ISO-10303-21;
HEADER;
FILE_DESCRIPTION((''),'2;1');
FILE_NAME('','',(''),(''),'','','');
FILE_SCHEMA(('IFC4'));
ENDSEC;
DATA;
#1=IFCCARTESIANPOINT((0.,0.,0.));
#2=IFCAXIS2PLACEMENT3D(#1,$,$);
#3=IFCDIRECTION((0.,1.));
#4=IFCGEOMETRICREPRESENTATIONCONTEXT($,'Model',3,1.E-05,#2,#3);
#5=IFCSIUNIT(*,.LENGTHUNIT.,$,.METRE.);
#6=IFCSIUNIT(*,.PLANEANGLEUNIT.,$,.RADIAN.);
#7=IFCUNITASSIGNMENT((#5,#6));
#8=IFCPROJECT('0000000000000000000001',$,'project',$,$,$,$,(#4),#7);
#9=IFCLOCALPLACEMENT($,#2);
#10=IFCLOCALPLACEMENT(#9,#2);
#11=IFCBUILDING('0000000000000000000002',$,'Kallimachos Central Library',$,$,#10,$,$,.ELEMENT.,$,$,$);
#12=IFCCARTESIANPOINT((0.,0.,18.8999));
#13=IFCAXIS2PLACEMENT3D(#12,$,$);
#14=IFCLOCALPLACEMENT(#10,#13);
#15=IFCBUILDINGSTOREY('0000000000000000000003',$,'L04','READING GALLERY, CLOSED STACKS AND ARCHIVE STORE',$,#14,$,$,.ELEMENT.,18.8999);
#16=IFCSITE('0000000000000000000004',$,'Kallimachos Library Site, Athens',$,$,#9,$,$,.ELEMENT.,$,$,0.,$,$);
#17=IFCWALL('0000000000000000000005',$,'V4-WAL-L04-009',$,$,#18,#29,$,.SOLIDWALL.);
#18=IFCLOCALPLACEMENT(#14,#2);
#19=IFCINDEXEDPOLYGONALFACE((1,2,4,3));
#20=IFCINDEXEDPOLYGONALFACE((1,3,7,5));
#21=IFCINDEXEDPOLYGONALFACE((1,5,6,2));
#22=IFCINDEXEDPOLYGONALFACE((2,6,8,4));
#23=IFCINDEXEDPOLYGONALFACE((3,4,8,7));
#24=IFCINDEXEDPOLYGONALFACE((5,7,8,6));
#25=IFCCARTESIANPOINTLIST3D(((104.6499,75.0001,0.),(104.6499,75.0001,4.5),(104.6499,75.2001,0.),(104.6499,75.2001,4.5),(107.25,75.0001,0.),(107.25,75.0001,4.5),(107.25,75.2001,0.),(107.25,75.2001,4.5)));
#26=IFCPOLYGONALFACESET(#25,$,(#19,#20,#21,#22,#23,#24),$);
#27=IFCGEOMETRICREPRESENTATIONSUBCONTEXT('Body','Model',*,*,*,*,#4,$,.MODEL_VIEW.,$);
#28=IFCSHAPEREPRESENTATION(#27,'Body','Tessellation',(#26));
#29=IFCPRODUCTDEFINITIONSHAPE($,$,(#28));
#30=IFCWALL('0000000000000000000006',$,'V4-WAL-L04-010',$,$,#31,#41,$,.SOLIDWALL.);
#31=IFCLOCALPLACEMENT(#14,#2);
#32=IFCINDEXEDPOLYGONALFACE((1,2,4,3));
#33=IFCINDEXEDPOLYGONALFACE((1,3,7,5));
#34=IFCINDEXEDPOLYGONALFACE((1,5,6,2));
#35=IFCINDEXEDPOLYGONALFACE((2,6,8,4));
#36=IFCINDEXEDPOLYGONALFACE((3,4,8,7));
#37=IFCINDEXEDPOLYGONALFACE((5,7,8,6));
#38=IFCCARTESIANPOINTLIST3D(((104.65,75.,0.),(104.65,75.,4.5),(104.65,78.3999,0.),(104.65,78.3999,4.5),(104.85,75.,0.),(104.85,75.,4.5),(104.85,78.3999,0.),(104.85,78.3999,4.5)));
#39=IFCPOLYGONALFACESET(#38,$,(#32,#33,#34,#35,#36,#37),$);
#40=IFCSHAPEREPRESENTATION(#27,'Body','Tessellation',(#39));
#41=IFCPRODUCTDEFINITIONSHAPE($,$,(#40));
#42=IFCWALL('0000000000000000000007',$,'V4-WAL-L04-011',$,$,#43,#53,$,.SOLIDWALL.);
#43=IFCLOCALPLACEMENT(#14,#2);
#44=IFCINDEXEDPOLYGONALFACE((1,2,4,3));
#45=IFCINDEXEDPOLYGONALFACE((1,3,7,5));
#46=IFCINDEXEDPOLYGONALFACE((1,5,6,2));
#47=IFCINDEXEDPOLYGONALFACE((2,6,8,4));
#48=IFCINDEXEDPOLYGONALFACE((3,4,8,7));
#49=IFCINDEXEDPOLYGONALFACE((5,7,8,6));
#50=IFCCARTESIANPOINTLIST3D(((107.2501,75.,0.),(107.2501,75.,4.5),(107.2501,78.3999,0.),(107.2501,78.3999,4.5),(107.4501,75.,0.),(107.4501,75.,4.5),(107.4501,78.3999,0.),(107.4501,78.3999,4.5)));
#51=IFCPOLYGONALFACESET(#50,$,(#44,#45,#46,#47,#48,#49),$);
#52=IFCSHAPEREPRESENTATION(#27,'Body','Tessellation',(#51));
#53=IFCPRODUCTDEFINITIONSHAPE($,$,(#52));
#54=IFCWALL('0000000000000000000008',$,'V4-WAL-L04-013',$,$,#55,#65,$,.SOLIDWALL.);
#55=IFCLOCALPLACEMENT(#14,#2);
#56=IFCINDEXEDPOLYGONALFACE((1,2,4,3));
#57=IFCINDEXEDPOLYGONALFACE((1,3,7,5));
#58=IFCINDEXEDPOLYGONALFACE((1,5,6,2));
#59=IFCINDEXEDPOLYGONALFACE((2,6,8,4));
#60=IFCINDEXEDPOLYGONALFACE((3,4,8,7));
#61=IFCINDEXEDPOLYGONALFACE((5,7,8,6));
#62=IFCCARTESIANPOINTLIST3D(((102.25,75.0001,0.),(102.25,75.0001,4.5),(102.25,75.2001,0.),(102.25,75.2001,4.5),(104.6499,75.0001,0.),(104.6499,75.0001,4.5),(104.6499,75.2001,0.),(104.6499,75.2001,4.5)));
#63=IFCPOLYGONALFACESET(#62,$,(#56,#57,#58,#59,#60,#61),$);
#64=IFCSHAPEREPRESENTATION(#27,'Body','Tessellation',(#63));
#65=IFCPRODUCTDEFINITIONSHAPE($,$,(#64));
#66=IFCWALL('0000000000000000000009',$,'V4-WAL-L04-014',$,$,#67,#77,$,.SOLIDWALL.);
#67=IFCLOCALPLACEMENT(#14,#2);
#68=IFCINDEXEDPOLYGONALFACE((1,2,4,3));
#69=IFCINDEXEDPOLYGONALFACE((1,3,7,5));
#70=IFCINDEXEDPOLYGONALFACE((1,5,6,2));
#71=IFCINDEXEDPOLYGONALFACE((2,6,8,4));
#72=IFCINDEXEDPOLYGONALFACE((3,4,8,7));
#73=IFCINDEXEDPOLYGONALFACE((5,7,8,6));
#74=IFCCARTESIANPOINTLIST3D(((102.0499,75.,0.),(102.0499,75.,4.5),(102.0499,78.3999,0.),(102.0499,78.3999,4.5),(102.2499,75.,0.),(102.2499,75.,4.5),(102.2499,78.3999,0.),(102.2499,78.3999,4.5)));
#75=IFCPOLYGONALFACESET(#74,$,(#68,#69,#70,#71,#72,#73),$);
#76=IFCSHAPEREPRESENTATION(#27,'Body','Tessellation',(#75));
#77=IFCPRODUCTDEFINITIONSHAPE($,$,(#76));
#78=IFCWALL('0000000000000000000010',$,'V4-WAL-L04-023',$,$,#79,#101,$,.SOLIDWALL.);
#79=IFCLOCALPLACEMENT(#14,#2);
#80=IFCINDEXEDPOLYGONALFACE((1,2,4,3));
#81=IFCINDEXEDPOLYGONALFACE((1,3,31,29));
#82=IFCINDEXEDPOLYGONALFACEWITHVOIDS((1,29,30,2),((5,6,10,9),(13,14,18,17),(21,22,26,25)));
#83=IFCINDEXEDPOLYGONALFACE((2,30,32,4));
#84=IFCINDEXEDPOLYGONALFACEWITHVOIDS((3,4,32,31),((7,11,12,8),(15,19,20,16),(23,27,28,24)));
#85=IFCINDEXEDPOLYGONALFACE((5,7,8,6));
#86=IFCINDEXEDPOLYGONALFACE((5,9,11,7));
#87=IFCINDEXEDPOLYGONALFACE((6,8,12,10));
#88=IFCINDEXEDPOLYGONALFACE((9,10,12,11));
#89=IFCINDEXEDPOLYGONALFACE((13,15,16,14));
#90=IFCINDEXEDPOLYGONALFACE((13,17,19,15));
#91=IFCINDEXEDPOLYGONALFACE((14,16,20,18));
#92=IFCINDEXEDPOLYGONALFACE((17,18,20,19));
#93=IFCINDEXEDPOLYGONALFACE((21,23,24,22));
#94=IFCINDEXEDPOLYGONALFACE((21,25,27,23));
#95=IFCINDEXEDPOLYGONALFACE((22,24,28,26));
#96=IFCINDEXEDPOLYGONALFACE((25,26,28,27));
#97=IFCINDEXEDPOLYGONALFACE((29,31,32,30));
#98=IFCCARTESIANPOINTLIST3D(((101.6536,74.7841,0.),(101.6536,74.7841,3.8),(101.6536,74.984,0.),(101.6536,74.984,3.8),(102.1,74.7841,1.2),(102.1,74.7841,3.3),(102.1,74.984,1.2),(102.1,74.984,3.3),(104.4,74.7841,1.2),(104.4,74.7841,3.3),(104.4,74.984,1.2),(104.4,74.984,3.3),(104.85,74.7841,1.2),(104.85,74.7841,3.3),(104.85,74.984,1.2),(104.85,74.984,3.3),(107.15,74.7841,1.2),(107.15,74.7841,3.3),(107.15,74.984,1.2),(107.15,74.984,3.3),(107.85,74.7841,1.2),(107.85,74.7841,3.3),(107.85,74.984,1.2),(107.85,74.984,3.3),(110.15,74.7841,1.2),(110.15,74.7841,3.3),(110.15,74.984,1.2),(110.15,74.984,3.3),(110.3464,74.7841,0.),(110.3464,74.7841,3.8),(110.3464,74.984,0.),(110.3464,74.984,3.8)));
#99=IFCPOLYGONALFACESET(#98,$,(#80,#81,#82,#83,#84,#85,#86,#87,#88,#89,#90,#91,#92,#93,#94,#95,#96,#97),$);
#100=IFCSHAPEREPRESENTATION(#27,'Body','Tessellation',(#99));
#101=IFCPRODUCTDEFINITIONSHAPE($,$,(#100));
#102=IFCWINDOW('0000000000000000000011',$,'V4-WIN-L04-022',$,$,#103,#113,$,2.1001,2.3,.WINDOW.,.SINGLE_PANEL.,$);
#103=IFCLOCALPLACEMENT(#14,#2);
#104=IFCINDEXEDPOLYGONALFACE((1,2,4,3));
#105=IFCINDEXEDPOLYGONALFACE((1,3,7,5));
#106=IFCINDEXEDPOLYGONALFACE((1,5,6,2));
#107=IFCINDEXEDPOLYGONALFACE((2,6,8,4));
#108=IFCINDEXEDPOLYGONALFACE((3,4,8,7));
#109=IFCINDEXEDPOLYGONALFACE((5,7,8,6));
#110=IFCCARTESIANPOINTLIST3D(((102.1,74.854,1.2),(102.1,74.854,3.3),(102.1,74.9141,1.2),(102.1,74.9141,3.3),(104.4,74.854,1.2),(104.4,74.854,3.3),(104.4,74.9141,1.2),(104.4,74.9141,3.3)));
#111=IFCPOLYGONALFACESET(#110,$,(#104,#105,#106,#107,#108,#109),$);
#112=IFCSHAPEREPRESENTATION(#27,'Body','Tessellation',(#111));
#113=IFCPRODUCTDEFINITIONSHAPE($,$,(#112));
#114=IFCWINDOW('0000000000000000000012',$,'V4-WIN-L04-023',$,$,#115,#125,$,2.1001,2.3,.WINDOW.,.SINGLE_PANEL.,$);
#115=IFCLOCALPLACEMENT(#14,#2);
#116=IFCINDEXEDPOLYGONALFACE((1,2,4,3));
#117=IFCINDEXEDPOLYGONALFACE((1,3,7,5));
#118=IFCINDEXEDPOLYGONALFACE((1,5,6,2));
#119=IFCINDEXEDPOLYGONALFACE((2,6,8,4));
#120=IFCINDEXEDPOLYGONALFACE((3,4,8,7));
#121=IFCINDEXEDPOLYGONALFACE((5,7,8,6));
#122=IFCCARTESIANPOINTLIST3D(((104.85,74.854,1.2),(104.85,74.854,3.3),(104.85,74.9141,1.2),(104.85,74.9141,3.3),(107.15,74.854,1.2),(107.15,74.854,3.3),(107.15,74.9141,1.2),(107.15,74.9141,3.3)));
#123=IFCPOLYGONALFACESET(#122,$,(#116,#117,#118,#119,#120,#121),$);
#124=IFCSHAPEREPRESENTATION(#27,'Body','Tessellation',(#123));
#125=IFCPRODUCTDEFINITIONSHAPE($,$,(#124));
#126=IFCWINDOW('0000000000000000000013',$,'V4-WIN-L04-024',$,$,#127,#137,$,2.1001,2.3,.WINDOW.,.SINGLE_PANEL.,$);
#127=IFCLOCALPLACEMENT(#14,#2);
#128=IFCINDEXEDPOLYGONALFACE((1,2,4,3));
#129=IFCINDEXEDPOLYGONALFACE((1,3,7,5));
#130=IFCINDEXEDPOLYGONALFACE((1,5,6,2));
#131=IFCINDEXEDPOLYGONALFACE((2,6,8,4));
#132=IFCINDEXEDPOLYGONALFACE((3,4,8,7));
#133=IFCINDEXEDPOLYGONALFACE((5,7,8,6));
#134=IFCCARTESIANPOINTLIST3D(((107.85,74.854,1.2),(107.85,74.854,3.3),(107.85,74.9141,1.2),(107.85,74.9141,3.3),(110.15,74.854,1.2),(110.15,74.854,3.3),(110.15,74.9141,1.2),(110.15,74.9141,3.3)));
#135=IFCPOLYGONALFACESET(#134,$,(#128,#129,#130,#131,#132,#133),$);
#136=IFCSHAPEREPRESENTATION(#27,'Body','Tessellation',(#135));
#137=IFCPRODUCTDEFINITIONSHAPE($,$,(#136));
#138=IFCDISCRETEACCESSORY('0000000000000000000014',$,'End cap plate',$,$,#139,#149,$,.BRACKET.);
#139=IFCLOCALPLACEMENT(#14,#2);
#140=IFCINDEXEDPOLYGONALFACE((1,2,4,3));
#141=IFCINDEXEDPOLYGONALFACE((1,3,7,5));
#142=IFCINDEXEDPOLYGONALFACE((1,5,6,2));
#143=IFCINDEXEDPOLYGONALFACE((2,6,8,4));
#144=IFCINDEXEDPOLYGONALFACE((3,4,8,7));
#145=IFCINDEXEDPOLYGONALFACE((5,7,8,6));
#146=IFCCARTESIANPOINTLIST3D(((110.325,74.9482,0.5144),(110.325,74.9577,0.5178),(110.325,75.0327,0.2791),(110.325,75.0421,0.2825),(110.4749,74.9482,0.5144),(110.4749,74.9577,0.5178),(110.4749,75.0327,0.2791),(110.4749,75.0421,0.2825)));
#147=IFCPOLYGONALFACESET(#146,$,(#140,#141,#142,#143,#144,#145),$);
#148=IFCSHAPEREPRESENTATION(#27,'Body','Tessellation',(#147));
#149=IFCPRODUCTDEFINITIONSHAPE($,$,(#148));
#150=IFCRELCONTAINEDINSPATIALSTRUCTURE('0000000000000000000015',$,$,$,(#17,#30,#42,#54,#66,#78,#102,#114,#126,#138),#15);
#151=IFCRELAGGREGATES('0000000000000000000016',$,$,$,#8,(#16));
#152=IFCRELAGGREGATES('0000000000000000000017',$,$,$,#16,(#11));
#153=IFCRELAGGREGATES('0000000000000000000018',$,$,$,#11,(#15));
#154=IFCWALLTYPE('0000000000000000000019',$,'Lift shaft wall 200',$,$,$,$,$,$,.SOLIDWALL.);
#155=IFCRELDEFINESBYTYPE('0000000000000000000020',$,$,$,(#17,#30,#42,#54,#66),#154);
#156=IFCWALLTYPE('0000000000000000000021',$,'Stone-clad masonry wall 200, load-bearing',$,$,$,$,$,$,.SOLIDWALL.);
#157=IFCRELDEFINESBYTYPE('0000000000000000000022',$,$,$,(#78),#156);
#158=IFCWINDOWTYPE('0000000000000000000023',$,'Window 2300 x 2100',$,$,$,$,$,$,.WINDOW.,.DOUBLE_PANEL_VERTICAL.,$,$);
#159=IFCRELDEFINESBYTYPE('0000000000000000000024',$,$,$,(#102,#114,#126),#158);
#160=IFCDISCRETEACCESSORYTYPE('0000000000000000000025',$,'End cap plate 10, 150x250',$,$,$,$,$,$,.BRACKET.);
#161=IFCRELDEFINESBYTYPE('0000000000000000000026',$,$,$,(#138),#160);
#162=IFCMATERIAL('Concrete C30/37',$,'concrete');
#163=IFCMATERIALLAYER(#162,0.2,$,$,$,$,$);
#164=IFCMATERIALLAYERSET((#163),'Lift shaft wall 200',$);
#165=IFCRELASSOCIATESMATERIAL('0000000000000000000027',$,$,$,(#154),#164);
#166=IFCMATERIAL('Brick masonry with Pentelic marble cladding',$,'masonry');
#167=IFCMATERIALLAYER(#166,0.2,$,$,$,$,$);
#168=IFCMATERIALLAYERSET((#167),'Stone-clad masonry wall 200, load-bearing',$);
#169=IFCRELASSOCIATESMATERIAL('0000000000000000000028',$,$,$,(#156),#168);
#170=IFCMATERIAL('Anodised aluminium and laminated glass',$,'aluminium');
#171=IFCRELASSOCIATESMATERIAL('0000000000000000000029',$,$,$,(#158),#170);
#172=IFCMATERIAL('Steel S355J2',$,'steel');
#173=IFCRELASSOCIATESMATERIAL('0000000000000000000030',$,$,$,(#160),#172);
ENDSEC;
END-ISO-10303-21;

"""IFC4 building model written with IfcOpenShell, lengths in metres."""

from ifc_helpers import new_model, si_unit, direction, frame, frame_2d, origin, origin_2d, place, context, subcontext, project, spatial, rectangle, extrude, material, layer, layer_set, material_profile, profile_set, type_object, element, fill, save


model = new_model("IFC4")

# Units and contexts
model_context = context("Model", 3, precision=1e-05, world=origin(), true_north=direction((0.0, 1.0)))
body_context = subcontext(model_context, "Body", "Model", "MODEL_VIEW")
ifc_project = project(units=[si_unit("LENGTHUNIT", "METRE"), si_unit("PLANEANGLEUNIT", "RADIAN")], contexts=[model_context])

# Site, building, storey
site_placement = place(None, origin())
site = spatial("IfcSite", under=ifc_project, at=site_placement, Name="Kallimachos Library Site, Athens", CompositionType="ELEMENT", RefElevation=0.0)
building_placement = place(site_placement, origin())
building = spatial("IfcBuilding", under=site, at=building_placement, Name="Kallimachos Central Library", CompositionType="ELEMENT")
storey_placement = place(building_placement, frame((0.0, 0.0, 18.8999)))
storey = spatial("IfcBuildingStorey", under=building, at=storey_placement, Name="L04", Description="READING GALLERY, CLOSED STACKS AND ARCHIVE STORE", CompositionType="ELEMENT", Elevation=18.8999)

# Walls
ifc_material_1 = material(Name="Concrete C30/37", Category="concrete")
ifc_layer_1 = layer(ifc_material_1, 0.2)
ifc_layer_set_1 = layer_set([ifc_layer_1], Name="Lift shaft wall 200")
wall_type_1 = type_object("IfcWallType", Name="Lift shaft wall 200", PredefinedType="SOLIDWALL", material=ifc_layer_set_1)
wall_1_placement = place(storey_placement, frame((104.6499, 75.1001, 0.0), z_axis=(0.0, 0.0, 1.0), x_axis=(1.0, 0.0, 0.0)))
element("IfcWall", 1, at=wall_1_placement, inside=storey, type_object=wall_type_1, Name="V4-WAL-L04-009", PredefinedType="SOLIDWALL", context=body_context, shape_type="SweptSolid", body=[
    extrude(rectangle(XDim=2.6001, YDim=0.2, at=frame_2d((1.3, 0.0))), origin(), (0.0, 0.0, 1.0), 4.5),
])
for number, where, z_axis, x_axis, name in (
    (2, (104.75, 75.0, 0.0), (0.0, 0.0, 1.0), (0.0, 1.0, 0.0), "V4-WAL-L04-010"),
    (3, (107.3501, 75.0, 0.0), (0.0, 0.0, 1.0), (0.0, 1.0, 0.0), "V4-WAL-L04-011"),
):
    element("IfcWall", number, at=place(storey_placement, frame(where, z_axis=z_axis, x_axis=x_axis)), inside=storey, type_object=wall_type_1, Name=name, PredefinedType="SOLIDWALL", context=body_context, shape_type="SweptSolid", body=[
        extrude(rectangle(XDim=3.3999, YDim=0.2, at=frame_2d((1.7, 0.0))), origin(), (0.0, 0.0, 1.0), 4.5),
    ])
wall_2_placement = place(storey_placement, frame((102.25, 75.1001, 0.0), z_axis=(0.0, 0.0, 1.0), x_axis=(1.0, 0.0, 0.0)))
element("IfcWall", 4, at=wall_2_placement, inside=storey, type_object=wall_type_1, Name="V4-WAL-L04-013", PredefinedType="SOLIDWALL", context=body_context, shape_type="SweptSolid", body=[
    extrude(rectangle(XDim=2.3999, YDim=0.2, at=frame_2d((1.2, 0.0))), origin(), (0.0, 0.0, 1.0), 4.5),
])
wall_3_placement = place(storey_placement, frame((102.1499, 75.0, 0.0), z_axis=(0.0, 0.0, 1.0), x_axis=(0.0, 1.0, 0.0)))
element("IfcWall", 5, at=wall_3_placement, inside=storey, type_object=wall_type_1, Name="V4-WAL-L04-014", PredefinedType="SOLIDWALL", context=body_context, shape_type="SweptSolid", body=[
    extrude(rectangle(XDim=3.3999, YDim=0.2, at=frame_2d((1.7, 0.0))), origin(), (0.0, 0.0, 1.0), 4.5),
])

# Wall, openings, windows
ifc_material_2 = material(Name="Brick masonry with Pentelic marble cladding", Category="masonry")
ifc_layer_2 = layer(ifc_material_2, 0.2)
ifc_layer_set_2 = layer_set([ifc_layer_2], Name="Stone-clad masonry wall 200, load-bearing")
wall_type_2 = type_object("IfcWallType", Name="Stone-clad masonry wall 200, load-bearing", PredefinedType="SOLIDWALL", material=ifc_layer_set_2)
wall_4_placement = place(storey_placement, frame((101.6536, 74.884, 0.0), z_axis=(0.0, 0.0, 1.0), x_axis=(1.0, 0.0, 0.0)))
wall_4 = element("IfcWall", 6, at=wall_4_placement, inside=storey, type_object=wall_type_2, Name="V4-WAL-L04-023", PredefinedType="SOLIDWALL", context=body_context, shape_type="SweptSolid", body=[
    extrude(rectangle(XDim=8.6929, YDim=0.2, at=frame_2d((4.3464, 0.0))), origin(), (0.0, 0.0, 1.0), 3.8),
])
opening_1_placement = place(wall_4_placement, frame((0.4465, 0.0, 1.2)))
opening_1 = element("IfcOpeningElement", 7, at=opening_1_placement, cuts=wall_4, PredefinedType="OPENING", context=body_context, shape_type="SweptSolid", body=[
    extrude(rectangle(XDim=2.3, YDim=2.1001, at=frame_2d((1.1499, 1.05))), frame((0.0, 0.1099, 0.0), z_axis=(0.0, -1.0, 0.0), x_axis=(1.0, 0.0, 0.0)), (0.0, 0.0, 1.0), 0.22),
])
opening_2_placement = place(wall_4_placement, frame((3.1965, 0.0, 1.2)))
opening_2 = element("IfcOpeningElement", 8, at=opening_2_placement, cuts=wall_4, PredefinedType="OPENING", context=body_context, shape_type="SweptSolid", body=[
    extrude(rectangle(XDim=2.3, YDim=2.1001, at=frame_2d((1.1499, 1.05))), frame((0.0, 0.1099, 0.0), z_axis=(0.0, -1.0, 0.0), x_axis=(1.0, 0.0, 0.0)), (0.0, 0.0, 1.0), 0.22),
])
opening_3_placement = place(wall_4_placement, frame((6.1965, 0.0, 1.2)))
opening_3 = element("IfcOpeningElement", 9, at=opening_3_placement, cuts=wall_4, PredefinedType="OPENING", context=body_context, shape_type="SweptSolid", body=[
    extrude(rectangle(XDim=2.3, YDim=2.1001, at=frame_2d((1.1499, 1.05))), frame((0.0, 0.1099, 0.0), z_axis=(0.0, -1.0, 0.0), x_axis=(1.0, 0.0, 0.0)), (0.0, 0.0, 1.0), 0.22),
])
ifc_material_3 = material(Name="Anodised aluminium and laminated glass", Category="aluminium")
window_type = type_object("IfcWindowType", Name="Window 2300 x 2100", PartitioningType="DOUBLE_PANEL_VERTICAL", PredefinedType="WINDOW", material=ifc_material_3)
window_1_placement = place(opening_1_placement, origin())
window_1 = element("IfcWindow", 10, at=window_1_placement, inside=storey, type_object=window_type, Name="V4-WIN-L04-022", OverallHeight=2.1001, OverallWidth=2.3, PartitioningType="SINGLE_PANEL", PredefinedType="WINDOW", context=body_context, shape_type="SweptSolid", body=[
    extrude(rectangle(XDim=2.3, YDim=2.1001, at=frame_2d((1.1499, 1.05))), frame((0.0, 0.03, 0.0), z_axis=(0.0, -1.0, 0.0), x_axis=(1.0, 0.0, 0.0)), (0.0, 0.0, 1.0), 0.0601),
])
fill(opening_1, window_1)
window_2_placement = place(opening_2_placement, origin())
window_2 = element("IfcWindow", 11, at=window_2_placement, inside=storey, type_object=window_type, Name="V4-WIN-L04-023", OverallHeight=2.1001, OverallWidth=2.3, PartitioningType="SINGLE_PANEL", PredefinedType="WINDOW", context=body_context, shape_type="SweptSolid", body=[
    extrude(rectangle(XDim=2.3, YDim=2.1001, at=frame_2d((1.1499, 1.05))), frame((0.0, 0.03, 0.0), z_axis=(0.0, -1.0, 0.0), x_axis=(1.0, 0.0, 0.0)), (0.0, 0.0, 1.0), 0.0601),
])
fill(opening_2, window_2)
window_3_placement = place(opening_3_placement, origin())
window_3 = element("IfcWindow", 12, at=window_3_placement, inside=storey, type_object=window_type, Name="V4-WIN-L04-024", OverallHeight=2.1001, OverallWidth=2.3, PartitioningType="SINGLE_PANEL", PredefinedType="WINDOW", context=body_context, shape_type="SweptSolid", body=[
    extrude(rectangle(XDim=2.3, YDim=2.1001, at=frame_2d((1.1499, 1.05))), frame((0.0, 0.03, 0.0), z_axis=(0.0, -1.0, 0.0), x_axis=(1.0, 0.0, 0.0)), (0.0, 0.0, 1.0), 0.0601),
])
fill(opening_3, window_3)

# Discrete accessory
ifc_material_4 = material(Name="Steel S355J2", Category="steel")
ifc_material_profile_1 = material_profile(ifc_material_4, rectangle(XDim=0.1499, YDim=0.25, at=origin_2d()), Name="End cap plate 10, 150x250")
ifc_profile_set_1 = profile_set([ifc_material_profile_1], Name="Steel S355J2")
discrete_accessory_type = type_object("IfcDiscreteAccessoryType", Name="End cap plate 10, 150x250", PredefinedType="BRACKET", material=ifc_profile_set_1)
discrete_accessory_placement = place(storey_placement, frame((110.3999, 74.9905, 0.3967), z_axis=(0.0, 0.941195, 0.337865), x_axis=(-1.0, 0.0, 0.0)))
element("IfcDiscreteAccessory", 13, at=discrete_accessory_placement, inside=storey, type_object=discrete_accessory_type, Name="End cap plate", PredefinedType="BRACKET", context=body_context, shape_type="SweptSolid", body=[
    extrude(rectangle(XDim=0.1499, YDim=0.25, at=origin_2d()), origin(), (0.0, 0.0, 1.0), 0.01),
])

save(model, "model.ifc")
